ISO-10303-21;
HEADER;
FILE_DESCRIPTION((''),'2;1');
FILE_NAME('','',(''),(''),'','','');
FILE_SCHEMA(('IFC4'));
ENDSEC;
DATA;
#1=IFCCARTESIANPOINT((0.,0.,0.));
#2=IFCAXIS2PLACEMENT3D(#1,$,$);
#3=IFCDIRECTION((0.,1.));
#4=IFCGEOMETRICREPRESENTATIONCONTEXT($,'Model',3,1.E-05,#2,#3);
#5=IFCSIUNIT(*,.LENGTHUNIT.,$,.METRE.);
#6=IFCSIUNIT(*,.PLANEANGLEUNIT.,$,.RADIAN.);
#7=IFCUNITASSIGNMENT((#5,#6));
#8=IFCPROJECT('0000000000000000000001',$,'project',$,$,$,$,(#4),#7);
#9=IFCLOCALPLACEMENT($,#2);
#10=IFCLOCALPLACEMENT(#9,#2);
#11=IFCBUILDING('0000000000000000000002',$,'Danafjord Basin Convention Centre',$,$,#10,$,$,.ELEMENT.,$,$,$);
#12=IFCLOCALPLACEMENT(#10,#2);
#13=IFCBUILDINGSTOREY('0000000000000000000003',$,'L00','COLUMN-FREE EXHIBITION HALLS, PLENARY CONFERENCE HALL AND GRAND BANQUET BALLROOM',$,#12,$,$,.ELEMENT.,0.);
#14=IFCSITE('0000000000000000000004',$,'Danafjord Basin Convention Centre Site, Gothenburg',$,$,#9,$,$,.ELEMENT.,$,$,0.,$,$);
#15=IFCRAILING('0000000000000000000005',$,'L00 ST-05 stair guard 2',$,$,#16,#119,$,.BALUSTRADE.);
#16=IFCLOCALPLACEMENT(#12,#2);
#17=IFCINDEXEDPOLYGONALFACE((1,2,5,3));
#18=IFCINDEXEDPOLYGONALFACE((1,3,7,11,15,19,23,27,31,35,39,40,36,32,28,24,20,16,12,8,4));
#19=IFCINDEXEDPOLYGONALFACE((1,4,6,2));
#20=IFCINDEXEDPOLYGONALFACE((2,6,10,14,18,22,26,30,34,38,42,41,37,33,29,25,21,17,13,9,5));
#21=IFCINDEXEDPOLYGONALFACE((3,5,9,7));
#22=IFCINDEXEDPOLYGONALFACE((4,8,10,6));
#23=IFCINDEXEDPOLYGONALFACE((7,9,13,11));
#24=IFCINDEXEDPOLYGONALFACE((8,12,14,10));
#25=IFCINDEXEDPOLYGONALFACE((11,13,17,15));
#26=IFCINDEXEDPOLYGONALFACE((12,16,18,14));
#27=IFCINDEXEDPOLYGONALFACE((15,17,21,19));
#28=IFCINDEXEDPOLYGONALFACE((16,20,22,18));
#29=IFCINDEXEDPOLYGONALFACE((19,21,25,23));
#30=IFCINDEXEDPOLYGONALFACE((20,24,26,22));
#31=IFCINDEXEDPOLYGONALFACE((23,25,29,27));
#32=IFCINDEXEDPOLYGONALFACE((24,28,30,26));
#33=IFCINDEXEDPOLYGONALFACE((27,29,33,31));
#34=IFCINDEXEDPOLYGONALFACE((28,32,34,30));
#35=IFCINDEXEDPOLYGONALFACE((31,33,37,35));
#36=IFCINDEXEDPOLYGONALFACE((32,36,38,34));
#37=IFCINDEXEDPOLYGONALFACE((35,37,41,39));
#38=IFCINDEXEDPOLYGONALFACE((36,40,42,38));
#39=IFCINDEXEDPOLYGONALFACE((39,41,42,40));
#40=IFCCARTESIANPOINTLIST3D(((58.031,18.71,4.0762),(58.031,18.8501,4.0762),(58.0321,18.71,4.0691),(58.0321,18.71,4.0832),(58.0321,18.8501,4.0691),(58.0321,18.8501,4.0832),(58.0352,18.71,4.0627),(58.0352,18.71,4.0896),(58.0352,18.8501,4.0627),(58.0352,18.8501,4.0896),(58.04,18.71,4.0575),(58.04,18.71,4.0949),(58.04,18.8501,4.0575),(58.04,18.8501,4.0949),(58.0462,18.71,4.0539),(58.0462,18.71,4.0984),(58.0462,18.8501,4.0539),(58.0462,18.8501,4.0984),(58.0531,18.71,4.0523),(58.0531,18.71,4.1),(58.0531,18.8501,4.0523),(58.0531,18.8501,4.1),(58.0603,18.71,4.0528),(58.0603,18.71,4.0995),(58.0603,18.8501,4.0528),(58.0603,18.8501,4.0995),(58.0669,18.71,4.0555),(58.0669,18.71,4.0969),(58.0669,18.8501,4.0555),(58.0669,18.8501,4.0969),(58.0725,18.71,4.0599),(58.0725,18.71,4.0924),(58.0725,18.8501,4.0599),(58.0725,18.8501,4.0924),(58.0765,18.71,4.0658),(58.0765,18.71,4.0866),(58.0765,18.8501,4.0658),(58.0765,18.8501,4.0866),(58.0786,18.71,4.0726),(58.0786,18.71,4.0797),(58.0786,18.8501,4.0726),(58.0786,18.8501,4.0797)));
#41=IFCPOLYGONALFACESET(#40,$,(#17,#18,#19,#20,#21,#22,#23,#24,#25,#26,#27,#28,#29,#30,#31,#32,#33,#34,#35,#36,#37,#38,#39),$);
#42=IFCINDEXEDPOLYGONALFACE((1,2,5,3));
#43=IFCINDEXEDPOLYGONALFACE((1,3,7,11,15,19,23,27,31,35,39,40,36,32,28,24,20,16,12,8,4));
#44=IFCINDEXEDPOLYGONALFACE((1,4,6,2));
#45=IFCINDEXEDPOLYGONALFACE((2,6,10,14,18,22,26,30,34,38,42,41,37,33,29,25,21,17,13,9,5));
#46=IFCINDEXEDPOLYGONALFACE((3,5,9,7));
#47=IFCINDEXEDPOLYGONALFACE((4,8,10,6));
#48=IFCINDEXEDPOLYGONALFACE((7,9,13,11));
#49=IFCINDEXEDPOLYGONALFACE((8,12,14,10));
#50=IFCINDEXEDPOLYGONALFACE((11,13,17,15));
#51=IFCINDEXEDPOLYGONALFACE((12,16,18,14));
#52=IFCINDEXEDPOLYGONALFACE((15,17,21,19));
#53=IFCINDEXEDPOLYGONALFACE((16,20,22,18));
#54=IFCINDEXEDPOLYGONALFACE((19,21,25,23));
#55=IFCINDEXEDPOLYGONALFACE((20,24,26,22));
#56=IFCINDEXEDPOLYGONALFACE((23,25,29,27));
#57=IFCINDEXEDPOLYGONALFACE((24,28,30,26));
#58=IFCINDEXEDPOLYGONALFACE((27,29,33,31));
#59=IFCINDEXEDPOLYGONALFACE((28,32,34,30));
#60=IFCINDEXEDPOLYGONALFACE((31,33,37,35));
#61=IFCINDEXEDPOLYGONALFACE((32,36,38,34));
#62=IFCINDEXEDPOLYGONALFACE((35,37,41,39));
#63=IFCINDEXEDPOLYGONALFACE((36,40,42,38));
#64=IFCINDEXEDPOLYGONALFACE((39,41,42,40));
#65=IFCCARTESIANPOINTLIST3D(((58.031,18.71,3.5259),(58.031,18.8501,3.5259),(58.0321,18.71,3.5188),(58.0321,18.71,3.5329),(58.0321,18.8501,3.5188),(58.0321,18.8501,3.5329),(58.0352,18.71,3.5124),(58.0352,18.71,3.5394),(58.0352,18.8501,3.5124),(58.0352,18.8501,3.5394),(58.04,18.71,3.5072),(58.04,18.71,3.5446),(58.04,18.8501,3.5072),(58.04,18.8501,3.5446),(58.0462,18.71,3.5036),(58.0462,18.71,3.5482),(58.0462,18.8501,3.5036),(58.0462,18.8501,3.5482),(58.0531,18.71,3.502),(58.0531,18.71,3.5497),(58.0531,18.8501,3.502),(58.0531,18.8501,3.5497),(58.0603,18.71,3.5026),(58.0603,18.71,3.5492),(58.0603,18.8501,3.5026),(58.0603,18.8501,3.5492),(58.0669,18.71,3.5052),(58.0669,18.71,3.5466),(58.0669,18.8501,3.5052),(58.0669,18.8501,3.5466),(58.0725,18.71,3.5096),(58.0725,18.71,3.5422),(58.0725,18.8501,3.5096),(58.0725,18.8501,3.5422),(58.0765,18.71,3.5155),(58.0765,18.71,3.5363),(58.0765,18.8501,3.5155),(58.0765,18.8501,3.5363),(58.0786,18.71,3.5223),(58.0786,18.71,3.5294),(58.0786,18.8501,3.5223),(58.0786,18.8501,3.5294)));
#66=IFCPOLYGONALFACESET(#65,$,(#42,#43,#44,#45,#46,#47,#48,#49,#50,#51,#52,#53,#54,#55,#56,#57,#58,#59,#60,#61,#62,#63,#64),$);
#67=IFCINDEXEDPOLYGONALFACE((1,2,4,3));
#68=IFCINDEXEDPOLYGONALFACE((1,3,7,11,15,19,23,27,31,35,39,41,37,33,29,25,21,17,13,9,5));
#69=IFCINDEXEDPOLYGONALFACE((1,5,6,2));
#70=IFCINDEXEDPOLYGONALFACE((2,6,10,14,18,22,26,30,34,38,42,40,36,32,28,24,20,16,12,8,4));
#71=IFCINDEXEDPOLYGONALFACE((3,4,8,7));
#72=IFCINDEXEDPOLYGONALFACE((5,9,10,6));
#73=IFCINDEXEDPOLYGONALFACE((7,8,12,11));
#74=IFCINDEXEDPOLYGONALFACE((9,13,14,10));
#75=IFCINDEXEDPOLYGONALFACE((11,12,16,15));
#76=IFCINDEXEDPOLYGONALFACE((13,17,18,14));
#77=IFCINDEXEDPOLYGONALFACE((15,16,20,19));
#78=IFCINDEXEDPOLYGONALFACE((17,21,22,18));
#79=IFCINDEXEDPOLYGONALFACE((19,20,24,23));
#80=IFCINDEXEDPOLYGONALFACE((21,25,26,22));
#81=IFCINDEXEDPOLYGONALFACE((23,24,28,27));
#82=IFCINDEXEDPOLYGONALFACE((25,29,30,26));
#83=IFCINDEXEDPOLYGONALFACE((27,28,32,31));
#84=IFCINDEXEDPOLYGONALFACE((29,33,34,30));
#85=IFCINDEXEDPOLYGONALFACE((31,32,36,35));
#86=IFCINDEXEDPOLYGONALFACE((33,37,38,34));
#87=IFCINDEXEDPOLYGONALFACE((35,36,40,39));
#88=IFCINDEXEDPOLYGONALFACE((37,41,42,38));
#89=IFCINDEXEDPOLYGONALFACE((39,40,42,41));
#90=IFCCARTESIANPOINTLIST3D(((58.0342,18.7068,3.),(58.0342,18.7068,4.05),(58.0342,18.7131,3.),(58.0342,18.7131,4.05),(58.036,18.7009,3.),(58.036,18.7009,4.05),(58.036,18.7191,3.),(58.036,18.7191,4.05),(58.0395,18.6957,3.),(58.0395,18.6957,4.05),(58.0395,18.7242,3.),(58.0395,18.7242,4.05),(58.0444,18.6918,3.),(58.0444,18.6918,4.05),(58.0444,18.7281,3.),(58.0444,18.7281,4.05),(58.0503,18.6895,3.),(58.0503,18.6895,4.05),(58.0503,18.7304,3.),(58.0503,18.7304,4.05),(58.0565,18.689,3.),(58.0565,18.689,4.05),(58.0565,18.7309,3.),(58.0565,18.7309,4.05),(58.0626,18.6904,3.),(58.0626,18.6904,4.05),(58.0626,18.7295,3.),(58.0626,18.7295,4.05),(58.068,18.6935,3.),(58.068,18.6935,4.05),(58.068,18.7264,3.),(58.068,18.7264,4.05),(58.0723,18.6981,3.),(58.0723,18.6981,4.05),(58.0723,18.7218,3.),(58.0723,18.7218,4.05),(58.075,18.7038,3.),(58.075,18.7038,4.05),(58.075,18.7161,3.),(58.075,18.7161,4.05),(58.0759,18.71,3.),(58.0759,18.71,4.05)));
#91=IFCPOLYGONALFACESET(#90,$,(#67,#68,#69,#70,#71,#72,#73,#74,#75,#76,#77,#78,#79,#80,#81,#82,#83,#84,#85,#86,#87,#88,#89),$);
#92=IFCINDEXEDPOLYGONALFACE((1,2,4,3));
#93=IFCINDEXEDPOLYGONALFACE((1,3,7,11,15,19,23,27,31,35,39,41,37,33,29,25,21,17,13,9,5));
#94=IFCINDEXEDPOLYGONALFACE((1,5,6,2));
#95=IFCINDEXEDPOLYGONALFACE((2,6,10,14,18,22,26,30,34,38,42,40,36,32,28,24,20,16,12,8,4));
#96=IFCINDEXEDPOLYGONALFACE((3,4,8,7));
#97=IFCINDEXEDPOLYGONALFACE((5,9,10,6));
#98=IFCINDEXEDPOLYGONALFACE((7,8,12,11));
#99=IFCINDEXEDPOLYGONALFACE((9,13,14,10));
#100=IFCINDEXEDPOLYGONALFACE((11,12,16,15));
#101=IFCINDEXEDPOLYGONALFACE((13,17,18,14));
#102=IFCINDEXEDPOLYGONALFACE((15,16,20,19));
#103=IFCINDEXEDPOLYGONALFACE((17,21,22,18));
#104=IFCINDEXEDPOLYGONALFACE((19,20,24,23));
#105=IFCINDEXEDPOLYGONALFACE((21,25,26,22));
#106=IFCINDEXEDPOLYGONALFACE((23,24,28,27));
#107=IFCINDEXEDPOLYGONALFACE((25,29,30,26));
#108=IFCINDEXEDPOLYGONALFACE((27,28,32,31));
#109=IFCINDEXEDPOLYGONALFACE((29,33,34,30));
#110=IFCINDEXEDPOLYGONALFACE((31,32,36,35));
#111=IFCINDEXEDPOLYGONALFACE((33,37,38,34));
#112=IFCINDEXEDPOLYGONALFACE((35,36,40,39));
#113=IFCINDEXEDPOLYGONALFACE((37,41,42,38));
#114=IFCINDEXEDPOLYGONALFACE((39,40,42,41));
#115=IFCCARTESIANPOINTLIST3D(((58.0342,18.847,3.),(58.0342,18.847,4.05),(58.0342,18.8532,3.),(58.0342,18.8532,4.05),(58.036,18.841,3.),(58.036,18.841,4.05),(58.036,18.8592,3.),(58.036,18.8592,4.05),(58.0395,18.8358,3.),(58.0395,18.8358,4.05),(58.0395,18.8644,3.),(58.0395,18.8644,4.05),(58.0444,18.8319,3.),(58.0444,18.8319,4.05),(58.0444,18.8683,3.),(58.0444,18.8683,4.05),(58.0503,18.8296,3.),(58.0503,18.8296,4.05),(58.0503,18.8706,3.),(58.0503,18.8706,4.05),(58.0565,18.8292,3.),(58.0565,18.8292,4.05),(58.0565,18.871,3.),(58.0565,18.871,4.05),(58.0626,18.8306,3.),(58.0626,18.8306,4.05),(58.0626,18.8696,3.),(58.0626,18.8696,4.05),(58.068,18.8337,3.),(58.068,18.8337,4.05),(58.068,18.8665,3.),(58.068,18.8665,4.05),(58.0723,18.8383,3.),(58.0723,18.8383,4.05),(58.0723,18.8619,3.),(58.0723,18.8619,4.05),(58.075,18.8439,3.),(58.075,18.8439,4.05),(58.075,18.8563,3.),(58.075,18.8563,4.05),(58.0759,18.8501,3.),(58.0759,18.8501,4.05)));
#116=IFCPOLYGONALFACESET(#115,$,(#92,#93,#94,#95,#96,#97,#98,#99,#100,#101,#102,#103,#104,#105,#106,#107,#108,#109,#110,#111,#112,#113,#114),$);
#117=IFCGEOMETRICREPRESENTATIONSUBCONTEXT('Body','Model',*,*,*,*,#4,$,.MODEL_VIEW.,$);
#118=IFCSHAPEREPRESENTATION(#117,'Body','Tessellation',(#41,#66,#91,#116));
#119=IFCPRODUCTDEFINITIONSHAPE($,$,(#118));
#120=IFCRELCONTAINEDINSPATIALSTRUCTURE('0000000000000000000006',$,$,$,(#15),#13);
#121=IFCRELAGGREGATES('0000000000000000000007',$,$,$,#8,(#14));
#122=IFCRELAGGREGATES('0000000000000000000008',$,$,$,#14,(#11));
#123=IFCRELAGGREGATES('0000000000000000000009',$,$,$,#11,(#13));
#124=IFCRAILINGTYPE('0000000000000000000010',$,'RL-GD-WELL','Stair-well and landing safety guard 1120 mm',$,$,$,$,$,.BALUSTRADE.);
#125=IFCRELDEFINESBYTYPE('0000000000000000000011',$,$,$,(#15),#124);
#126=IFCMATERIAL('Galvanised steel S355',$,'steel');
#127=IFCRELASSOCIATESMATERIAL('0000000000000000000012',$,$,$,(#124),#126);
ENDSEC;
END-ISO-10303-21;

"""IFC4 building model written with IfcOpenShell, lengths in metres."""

from ifc_helpers import new_model, si_unit, direction, frame, origin, origin_2d, place, context, subcontext, project, spatial, circle, extrude, material, type_object, element, save


model = new_model("IFC4")

# Units and contexts
model_context = context("Model", 3, precision=1e-05, world=origin(), true_north=direction((0.0, 1.0)))
body_context = subcontext(model_context, "Body", "Model", "MODEL_VIEW")
ifc_project = project(units=[si_unit("LENGTHUNIT", "METRE"), si_unit("PLANEANGLEUNIT", "RADIAN")], contexts=[model_context])

# Site, building, storey
site_placement = place(None, origin())
site = spatial("IfcSite", under=ifc_project, at=site_placement, Name="Danafjord Basin Convention Centre Site, Gothenburg", CompositionType="ELEMENT", RefElevation=0.0)
building_placement = place(site_placement, origin())
building = spatial("IfcBuilding", under=site, at=building_placement, Name="Danafjord Basin Convention Centre", CompositionType="ELEMENT")
storey_placement = place(building_placement, origin())
storey = spatial("IfcBuildingStorey", under=building, at=storey_placement, Name="L00", Description="COLUMN-FREE EXHIBITION HALLS, PLENARY CONFERENCE HALL AND GRAND BANQUET BALLROOM", CompositionType="ELEMENT", Elevation=0.0)

# Railing
ifc_material_1 = material(Name="Galvanised steel S355", Category="steel")
railing_type_1 = type_object("IfcRailingType", Name="RL-GD-WELL", Description="Stair-well and landing safety guard 1120 mm", PredefinedType="BALUSTRADE", material=ifc_material_1)
railing_1_placement = place(storey_placement, frame((58.0549, 18.71, 3.0)))
element("IfcRailing", 1, at=railing_1_placement, inside=storey, type_object=railing_type_1, Name="L00 ST-05 stair guard 2", PredefinedType="BALUSTRADE", context=body_context, shape_type="SweptSolid", body=[
    extrude(circle(Radius=0.0239, at=origin_2d()), frame((0.0, 0.0, 1.0762), z_axis=(0.0, 1.0, 0.0), x_axis=(-1.0, 0.0, 0.0)), (0.0, 0.0, 1.0), 0.1401),
    extrude(circle(Radius=0.0239, at=origin_2d()), frame((0.0, 0.0, 0.5259), z_axis=(0.0, 1.0, 0.0), x_axis=(-1.0, 0.0, 0.0)), (0.0, 0.0, 1.0), 0.1401),
    extrude(circle(Radius=0.021, at=origin_2d()), origin(), (0.0, 0.0, 1.0), 1.05),
    extrude(circle(Radius=0.021, at=origin_2d()), frame((0.0, 0.1401, 0.0)), (0.0, 0.0, 1.0), 1.05),
])

save(model, "model.ifc")
